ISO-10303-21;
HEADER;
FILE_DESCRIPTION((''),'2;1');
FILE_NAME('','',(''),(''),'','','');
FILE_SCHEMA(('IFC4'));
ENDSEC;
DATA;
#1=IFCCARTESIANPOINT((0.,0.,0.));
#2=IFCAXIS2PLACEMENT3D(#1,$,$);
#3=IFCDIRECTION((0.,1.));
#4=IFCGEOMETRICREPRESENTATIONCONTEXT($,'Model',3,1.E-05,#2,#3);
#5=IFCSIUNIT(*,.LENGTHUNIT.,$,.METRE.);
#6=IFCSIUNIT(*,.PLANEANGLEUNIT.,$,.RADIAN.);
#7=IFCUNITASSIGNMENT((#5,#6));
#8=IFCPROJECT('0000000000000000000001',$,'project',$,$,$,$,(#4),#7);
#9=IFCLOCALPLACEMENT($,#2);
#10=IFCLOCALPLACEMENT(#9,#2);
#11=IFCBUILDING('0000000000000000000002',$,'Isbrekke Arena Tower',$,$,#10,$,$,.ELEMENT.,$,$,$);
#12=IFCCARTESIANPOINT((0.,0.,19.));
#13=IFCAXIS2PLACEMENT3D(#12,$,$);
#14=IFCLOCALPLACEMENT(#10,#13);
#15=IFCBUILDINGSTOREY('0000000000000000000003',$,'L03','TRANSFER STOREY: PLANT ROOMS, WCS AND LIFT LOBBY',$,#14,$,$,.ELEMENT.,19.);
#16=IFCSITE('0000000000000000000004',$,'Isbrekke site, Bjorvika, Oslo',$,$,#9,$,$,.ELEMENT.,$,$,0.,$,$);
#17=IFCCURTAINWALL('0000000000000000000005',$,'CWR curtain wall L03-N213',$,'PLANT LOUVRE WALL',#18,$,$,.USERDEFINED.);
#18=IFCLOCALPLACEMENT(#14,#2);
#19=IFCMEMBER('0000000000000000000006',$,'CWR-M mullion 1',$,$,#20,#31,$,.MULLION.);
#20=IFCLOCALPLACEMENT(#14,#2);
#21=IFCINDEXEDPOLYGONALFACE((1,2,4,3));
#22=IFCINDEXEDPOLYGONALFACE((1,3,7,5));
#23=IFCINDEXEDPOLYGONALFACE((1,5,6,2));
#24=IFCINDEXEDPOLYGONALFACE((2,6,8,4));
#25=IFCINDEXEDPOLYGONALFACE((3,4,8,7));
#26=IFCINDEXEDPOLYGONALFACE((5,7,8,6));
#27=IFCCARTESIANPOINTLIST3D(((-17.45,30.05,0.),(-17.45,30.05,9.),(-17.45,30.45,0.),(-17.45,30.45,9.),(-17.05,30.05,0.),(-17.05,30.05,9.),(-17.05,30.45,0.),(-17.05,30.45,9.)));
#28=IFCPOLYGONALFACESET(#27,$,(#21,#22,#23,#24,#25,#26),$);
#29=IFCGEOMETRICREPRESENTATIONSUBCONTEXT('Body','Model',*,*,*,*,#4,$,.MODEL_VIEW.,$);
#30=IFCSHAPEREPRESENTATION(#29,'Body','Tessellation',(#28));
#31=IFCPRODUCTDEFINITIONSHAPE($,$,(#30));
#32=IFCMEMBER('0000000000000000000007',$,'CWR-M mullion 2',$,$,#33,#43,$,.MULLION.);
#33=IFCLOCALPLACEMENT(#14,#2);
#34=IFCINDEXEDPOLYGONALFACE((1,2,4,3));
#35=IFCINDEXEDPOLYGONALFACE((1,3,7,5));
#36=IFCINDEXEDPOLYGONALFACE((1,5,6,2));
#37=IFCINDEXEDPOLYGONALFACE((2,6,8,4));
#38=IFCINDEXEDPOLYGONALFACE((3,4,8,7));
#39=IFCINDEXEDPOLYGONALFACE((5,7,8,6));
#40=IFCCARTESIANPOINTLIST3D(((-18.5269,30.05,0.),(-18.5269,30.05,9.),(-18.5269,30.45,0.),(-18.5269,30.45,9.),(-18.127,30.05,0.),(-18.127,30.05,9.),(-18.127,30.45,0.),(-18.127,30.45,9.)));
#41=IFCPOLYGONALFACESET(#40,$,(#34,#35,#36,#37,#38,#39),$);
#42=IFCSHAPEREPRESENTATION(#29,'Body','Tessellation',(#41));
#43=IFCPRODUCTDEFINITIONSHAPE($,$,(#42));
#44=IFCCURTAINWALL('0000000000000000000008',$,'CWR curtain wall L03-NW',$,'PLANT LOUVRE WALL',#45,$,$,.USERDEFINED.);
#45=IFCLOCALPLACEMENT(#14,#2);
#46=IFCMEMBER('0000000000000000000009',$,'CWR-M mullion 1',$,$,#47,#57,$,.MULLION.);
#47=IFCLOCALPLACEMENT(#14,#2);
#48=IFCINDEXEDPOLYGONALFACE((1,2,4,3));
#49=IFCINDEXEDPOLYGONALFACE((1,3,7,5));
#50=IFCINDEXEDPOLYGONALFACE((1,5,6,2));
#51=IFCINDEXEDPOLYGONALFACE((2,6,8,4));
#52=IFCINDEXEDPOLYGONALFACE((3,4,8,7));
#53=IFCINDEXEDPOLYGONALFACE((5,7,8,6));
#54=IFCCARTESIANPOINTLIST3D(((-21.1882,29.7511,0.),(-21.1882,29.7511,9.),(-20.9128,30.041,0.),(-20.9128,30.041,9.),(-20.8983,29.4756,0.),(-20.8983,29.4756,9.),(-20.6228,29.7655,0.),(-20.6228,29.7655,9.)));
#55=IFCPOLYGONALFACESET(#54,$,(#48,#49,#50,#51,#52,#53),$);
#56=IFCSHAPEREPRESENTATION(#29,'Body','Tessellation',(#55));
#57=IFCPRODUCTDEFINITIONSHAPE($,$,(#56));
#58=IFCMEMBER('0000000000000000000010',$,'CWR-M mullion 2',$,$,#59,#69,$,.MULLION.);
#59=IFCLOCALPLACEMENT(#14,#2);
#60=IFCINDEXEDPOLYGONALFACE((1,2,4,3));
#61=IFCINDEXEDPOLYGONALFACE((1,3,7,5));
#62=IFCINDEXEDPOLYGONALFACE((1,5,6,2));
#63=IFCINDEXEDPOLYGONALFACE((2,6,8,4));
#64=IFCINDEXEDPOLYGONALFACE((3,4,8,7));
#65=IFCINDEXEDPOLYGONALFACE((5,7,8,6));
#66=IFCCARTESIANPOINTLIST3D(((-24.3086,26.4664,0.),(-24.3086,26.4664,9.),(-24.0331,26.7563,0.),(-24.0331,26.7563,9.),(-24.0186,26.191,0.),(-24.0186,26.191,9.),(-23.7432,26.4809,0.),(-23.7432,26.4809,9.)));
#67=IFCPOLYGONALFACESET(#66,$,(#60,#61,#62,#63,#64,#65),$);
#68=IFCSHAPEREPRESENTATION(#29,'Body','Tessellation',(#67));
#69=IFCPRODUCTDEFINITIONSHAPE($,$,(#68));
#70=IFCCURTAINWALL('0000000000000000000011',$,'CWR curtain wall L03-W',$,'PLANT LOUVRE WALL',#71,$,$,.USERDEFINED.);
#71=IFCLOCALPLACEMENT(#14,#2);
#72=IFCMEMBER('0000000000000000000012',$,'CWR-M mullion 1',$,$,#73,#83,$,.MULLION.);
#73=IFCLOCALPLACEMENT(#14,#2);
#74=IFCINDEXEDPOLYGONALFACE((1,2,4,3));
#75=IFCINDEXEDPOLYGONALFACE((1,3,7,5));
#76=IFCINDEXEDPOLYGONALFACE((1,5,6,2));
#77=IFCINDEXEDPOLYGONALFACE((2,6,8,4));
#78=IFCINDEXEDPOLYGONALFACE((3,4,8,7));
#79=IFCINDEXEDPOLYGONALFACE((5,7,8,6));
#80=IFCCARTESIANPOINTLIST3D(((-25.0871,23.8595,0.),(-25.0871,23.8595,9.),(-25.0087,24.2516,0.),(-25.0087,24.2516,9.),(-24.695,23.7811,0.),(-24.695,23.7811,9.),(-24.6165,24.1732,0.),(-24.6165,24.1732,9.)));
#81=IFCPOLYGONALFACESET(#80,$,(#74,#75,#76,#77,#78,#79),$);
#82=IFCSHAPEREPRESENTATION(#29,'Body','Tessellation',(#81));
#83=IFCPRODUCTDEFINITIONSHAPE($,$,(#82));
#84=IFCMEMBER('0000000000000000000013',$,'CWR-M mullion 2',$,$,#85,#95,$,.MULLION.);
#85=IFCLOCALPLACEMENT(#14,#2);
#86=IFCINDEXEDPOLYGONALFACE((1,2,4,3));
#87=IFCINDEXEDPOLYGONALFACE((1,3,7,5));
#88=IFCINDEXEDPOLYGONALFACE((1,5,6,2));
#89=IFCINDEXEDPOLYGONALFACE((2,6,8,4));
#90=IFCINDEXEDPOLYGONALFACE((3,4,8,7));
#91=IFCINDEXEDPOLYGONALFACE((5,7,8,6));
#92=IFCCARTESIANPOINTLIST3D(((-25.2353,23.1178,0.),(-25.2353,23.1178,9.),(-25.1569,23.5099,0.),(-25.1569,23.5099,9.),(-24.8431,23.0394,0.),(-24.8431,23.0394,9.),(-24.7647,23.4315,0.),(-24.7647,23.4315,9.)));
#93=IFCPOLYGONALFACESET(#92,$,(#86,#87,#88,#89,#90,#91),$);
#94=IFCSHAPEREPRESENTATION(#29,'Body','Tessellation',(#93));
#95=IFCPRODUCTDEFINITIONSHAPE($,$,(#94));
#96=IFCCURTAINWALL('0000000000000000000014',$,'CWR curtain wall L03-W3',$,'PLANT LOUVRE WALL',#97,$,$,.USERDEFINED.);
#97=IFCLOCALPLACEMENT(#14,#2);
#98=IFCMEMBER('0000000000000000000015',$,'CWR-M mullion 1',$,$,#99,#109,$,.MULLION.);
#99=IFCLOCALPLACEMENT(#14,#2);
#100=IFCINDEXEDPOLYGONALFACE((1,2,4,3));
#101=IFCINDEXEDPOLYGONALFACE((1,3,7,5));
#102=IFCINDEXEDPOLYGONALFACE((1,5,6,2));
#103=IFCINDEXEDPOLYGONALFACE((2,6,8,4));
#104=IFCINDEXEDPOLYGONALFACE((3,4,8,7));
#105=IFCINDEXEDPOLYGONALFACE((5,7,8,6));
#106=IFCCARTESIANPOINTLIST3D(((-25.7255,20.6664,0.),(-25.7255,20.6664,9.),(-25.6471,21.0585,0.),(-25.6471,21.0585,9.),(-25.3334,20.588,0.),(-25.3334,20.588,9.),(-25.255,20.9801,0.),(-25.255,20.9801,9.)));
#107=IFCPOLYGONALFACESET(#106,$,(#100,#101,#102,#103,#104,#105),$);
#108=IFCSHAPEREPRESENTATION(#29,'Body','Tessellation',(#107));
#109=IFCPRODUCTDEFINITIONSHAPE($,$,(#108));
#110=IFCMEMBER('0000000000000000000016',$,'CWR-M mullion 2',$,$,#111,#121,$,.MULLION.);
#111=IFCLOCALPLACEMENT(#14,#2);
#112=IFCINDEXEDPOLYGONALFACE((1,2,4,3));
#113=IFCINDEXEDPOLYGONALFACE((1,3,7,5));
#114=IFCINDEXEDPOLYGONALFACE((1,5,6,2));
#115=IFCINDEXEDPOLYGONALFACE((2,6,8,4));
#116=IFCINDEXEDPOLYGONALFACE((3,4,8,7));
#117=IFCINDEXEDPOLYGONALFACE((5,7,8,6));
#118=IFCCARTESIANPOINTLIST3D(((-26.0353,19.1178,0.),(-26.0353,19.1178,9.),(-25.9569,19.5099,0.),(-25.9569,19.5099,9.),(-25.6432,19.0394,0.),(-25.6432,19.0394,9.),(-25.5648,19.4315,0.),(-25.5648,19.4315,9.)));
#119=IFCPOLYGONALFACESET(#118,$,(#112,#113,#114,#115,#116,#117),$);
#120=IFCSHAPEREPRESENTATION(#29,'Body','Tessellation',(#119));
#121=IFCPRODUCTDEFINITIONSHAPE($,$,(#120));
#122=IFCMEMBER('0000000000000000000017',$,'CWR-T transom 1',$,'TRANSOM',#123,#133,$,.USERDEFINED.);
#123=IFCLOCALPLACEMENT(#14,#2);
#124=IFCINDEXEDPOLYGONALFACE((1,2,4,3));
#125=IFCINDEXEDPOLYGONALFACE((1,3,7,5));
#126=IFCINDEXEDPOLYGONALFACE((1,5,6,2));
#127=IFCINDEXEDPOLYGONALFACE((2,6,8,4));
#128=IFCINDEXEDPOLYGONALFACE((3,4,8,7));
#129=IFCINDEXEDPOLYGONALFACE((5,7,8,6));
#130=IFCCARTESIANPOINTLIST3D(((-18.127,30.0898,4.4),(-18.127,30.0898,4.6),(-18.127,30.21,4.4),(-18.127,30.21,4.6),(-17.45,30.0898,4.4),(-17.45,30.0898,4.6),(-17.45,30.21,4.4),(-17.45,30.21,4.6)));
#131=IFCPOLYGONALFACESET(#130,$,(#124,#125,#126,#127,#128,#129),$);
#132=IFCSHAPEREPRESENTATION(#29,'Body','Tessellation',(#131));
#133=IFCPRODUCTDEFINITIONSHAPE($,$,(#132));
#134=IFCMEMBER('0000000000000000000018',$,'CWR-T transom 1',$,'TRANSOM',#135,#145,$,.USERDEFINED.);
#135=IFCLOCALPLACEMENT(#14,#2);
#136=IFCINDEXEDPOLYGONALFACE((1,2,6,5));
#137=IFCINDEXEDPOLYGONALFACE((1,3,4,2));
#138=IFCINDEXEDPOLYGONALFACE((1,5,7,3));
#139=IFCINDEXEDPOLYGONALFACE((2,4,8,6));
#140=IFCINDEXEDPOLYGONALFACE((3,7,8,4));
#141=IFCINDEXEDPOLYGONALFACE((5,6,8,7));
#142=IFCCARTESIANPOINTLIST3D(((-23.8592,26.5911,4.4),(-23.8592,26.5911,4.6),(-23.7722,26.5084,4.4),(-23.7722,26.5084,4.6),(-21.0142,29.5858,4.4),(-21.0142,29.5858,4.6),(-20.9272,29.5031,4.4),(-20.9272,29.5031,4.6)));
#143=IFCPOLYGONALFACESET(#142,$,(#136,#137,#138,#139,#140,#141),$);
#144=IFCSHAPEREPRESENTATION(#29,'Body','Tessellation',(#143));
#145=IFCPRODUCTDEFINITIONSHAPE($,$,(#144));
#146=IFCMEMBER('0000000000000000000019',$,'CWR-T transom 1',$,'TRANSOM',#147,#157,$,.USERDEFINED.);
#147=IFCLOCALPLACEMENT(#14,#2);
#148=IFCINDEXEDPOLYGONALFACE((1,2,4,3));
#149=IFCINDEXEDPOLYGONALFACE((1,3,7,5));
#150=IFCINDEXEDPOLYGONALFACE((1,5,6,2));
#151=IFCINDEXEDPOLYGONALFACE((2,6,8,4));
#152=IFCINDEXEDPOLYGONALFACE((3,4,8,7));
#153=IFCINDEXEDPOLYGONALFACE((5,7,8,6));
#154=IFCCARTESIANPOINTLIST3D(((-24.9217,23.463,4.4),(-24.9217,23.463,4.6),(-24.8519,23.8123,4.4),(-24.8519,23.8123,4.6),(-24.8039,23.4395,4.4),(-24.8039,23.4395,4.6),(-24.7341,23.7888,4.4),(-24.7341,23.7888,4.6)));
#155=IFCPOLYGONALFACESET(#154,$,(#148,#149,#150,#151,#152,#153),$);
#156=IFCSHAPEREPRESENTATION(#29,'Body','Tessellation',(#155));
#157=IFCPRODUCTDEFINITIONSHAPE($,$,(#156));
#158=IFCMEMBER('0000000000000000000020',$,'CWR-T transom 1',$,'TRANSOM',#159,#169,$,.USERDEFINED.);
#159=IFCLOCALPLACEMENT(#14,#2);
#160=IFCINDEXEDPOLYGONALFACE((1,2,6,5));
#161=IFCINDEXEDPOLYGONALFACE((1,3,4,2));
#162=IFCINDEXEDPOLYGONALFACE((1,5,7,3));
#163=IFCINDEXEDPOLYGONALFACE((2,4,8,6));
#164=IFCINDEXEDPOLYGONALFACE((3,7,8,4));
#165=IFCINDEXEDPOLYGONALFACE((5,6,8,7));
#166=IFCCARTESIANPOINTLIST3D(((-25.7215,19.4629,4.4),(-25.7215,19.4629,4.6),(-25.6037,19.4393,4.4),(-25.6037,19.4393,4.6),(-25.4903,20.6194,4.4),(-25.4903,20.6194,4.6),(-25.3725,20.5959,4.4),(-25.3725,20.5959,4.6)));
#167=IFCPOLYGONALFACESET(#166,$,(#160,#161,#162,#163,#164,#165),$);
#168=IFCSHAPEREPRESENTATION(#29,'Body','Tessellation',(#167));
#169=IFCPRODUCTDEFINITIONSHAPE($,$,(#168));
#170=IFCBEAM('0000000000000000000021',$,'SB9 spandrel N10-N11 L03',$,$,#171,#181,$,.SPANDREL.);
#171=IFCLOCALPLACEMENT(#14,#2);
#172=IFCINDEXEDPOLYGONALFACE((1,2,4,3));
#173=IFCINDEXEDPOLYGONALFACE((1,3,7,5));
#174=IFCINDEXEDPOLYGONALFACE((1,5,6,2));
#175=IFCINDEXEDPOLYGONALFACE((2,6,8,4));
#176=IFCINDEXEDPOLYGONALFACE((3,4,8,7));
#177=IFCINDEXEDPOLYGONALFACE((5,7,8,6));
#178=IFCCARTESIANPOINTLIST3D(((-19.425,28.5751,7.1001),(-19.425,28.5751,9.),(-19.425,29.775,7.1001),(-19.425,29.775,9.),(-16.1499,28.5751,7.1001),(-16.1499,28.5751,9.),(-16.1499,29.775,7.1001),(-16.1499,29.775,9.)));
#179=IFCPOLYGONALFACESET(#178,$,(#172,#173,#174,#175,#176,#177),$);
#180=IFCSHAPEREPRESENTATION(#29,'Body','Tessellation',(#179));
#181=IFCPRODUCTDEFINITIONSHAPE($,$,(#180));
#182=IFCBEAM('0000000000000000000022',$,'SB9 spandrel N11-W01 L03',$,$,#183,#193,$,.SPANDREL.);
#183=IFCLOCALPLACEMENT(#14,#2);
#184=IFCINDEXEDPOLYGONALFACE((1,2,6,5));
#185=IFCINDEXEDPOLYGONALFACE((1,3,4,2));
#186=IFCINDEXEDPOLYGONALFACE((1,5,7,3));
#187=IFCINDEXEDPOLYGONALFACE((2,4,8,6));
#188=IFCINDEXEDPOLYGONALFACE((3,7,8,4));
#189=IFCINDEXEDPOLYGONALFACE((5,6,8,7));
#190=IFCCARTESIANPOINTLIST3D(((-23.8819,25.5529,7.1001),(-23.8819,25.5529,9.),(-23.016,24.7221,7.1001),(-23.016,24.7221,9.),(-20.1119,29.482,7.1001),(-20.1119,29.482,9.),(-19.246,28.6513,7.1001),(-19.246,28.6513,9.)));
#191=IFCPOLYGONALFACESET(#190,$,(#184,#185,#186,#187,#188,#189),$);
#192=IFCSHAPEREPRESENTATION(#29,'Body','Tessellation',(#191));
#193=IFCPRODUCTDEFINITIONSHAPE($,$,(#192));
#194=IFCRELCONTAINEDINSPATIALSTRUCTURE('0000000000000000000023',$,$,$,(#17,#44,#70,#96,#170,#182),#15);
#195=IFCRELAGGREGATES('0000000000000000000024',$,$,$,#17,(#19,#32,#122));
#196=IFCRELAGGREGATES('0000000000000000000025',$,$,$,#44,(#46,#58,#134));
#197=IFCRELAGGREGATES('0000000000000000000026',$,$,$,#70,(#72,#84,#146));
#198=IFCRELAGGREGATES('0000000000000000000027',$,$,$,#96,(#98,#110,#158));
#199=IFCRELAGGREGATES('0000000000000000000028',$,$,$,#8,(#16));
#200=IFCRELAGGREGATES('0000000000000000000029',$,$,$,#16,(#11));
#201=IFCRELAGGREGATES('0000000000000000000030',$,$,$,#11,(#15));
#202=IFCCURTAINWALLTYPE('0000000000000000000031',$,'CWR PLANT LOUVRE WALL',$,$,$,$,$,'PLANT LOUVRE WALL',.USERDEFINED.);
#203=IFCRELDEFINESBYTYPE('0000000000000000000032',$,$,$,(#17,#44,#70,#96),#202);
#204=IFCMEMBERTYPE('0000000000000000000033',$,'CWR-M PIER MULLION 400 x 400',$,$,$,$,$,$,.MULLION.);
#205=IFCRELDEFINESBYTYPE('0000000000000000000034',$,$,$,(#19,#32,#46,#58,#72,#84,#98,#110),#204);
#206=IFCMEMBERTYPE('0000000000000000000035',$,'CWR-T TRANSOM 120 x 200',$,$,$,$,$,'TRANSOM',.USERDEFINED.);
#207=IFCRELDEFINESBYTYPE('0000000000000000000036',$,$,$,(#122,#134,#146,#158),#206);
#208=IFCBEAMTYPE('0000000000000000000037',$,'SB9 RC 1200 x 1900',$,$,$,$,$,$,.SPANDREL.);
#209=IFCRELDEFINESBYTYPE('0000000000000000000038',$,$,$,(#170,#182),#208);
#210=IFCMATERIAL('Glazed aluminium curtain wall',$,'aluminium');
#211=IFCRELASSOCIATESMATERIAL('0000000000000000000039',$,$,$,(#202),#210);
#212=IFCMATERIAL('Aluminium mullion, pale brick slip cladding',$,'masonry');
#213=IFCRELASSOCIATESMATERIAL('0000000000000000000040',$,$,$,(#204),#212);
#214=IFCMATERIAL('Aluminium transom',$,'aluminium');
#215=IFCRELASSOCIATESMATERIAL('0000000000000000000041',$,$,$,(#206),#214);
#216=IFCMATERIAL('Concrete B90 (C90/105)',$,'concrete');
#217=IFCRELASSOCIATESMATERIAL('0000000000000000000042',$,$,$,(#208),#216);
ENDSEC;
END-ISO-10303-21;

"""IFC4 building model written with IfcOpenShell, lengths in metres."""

from ifc_helpers import new_model, si_unit, direction, frame, origin, origin_2d, place, context, subcontext, project, spatial, rectangle, extrude, material, material_profile, profile_set, type_object, element, aggregate, save


model = new_model("IFC4")

# Units and contexts
model_context = context("Model", 3, precision=1e-05, world=origin(), true_north=direction((0.0, 1.0)))
body_context = subcontext(model_context, "Body", "Model", "MODEL_VIEW")
ifc_project = project(units=[si_unit("LENGTHUNIT", "METRE"), si_unit("PLANEANGLEUNIT", "RADIAN")], contexts=[model_context])

# Site, building, storey
site_placement = place(None, origin())
site = spatial("IfcSite", under=ifc_project, at=site_placement, Name="Isbrekke site, Bjorvika, Oslo", CompositionType="ELEMENT", RefElevation=0.0)
building_placement = place(site_placement, origin())
building = spatial("IfcBuilding", under=site, at=building_placement, Name="Isbrekke Arena Tower", CompositionType="ELEMENT")
storey_placement = place(building_placement, frame((0.0, 0.0, 19.0)))
storey = spatial("IfcBuildingStorey", under=building, at=storey_placement, Name="L03", Description="TRANSFER STOREY: PLANT ROOMS, WCS AND LIFT LOBBY", CompositionType="ELEMENT", Elevation=19.0)

# Curtain walls, members
ifc_material_1 = material(Name="Glazed aluminium curtain wall", Category="aluminium")
curtain_wall_type = type_object("IfcCurtainWallType", Name="CWR PLANT LOUVRE WALL", ElementType="PLANT LOUVRE WALL", PredefinedType="USERDEFINED", material=ifc_material_1)
curtain_wall_1_placement = place(storey_placement, origin())
curtain_wall_1 = element("IfcCurtainWall", 1, at=curtain_wall_1_placement, inside=storey, type_object=curtain_wall_type, Name="CWR curtain wall L03-N213", ObjectType="PLANT LOUVRE WALL", PredefinedType="USERDEFINED")
ifc_material_2 = material(Name="Aluminium mullion, pale brick slip cladding", Category="masonry")
ifc_material_profile_1 = material_profile(ifc_material_2, rectangle(XDim=0.3999, YDim=0.3999, at=origin_2d()), Name="PIER 400X400")
ifc_profile_set_1 = profile_set([ifc_material_profile_1], Name="Aluminium mullion, pale brick slip cladding")
member_type_1 = type_object("IfcMemberType", Name="CWR-M PIER MULLION 400 x 400", PredefinedType="MULLION", material=ifc_profile_set_1)
member_1_placement = place(storey_placement, frame((-17.25, 30.25, 0.0), z_axis=(0.0, 0.0, 1.0), x_axis=(-1.0, 0.0, 0.0)))
member_1 = element("IfcMember", 2, at=member_1_placement, type_object=member_type_1, Name="CWR-M mullion 1", PredefinedType="MULLION", context=body_context, shape_type="SweptSolid", body=[
    extrude(rectangle(XDim=0.3999, YDim=0.3999, at=origin_2d()), origin(), (0.0, 0.0, 1.0), 9.0),
])
member_2_placement = place(storey_placement, frame((-18.3269, 30.25, 0.0), z_axis=(0.0, 0.0, 1.0), x_axis=(-1.0, 0.0, 0.0)))
member_2 = element("IfcMember", 3, at=member_2_placement, type_object=member_type_1, Name="CWR-M mullion 2", PredefinedType="MULLION", context=body_context, shape_type="SweptSolid", body=[
    extrude(rectangle(XDim=0.3999, YDim=0.3999, at=origin_2d()), origin(), (0.0, 0.0, 1.0), 9.0),
])
curtain_wall_2_placement = place(storey_placement, origin())
curtain_wall_2 = element("IfcCurtainWall", 4, at=curtain_wall_2_placement, inside=storey, type_object=curtain_wall_type, Name="CWR curtain wall L03-NW", ObjectType="PLANT LOUVRE WALL", PredefinedType="USERDEFINED")
member_3_placement = place(storey_placement, frame((-20.9055, 29.7583, 0.0), z_axis=(0.0, 0.0, 1.0), x_axis=(-0.688749, -0.724999, 0.0)))
member_3 = element("IfcMember", 5, at=member_3_placement, type_object=member_type_1, Name="CWR-M mullion 1", PredefinedType="MULLION", context=body_context, shape_type="SweptSolid", body=[
    extrude(rectangle(XDim=0.3999, YDim=0.3999, at=origin_2d()), origin(), (0.0, 0.0, 1.0), 9.0),
])
member_4_placement = place(storey_placement, frame((-24.0259, 26.4736, 0.0), z_axis=(0.0, 0.0, 1.0), x_axis=(-0.688749, -0.724999, 0.0)))
member_4 = element("IfcMember", 6, at=member_4_placement, type_object=member_type_1, Name="CWR-M mullion 2", PredefinedType="MULLION", context=body_context, shape_type="SweptSolid", body=[
    extrude(rectangle(XDim=0.3999, YDim=0.3999, at=origin_2d()), origin(), (0.0, 0.0, 1.0), 9.0),
])
curtain_wall_3_placement = place(storey_placement, origin())
curtain_wall_3 = element("IfcCurtainWall", 7, at=curtain_wall_3_placement, inside=storey, type_object=curtain_wall_type, Name="CWR curtain wall L03-W", ObjectType="PLANT LOUVRE WALL", PredefinedType="USERDEFINED")
member_5_placement = place(storey_placement, frame((-24.8518, 24.0164, 0.0), z_axis=(0.0, 0.0, 1.0), x_axis=(-0.196116, -0.980581, 0.0)))
member_5 = element("IfcMember", 8, at=member_5_placement, type_object=member_type_1, Name="CWR-M mullion 1", PredefinedType="MULLION", context=body_context, shape_type="SweptSolid", body=[
    extrude(rectangle(XDim=0.3999, YDim=0.3999, at=origin_2d()), origin(), (0.0, 0.0, 1.0), 9.0),
])
member_6_placement = place(storey_placement, frame((-25.0, 23.2747, 0.0), z_axis=(0.0, 0.0, 1.0), x_axis=(-0.196116, -0.980581, 0.0)))
member_6 = element("IfcMember", 9, at=member_6_placement, type_object=member_type_1, Name="CWR-M mullion 2", PredefinedType="MULLION", context=body_context, shape_type="SweptSolid", body=[
    extrude(rectangle(XDim=0.3999, YDim=0.3999, at=origin_2d()), origin(), (0.0, 0.0, 1.0), 9.0),
])
curtain_wall_4_placement = place(storey_placement, origin())
curtain_wall_4 = element("IfcCurtainWall", 10, at=curtain_wall_4_placement, inside=storey, type_object=curtain_wall_type, Name="CWR curtain wall L03-W3", ObjectType="PLANT LOUVRE WALL", PredefinedType="USERDEFINED")
member_7_placement = place(storey_placement, frame((-25.4902, 20.8232, 0.0), z_axis=(0.0, 0.0, 1.0), x_axis=(-0.196116, -0.980581, 0.0)))
member_7 = element("IfcMember", 11, at=member_7_placement, type_object=member_type_1, Name="CWR-M mullion 1", PredefinedType="MULLION", context=body_context, shape_type="SweptSolid", body=[
    extrude(rectangle(XDim=0.3999, YDim=0.3999, at=origin_2d()), origin(), (0.0, 0.0, 1.0), 9.0),
])
member_8_placement = place(storey_placement, frame((-25.8, 19.2747, 0.0), z_axis=(0.0, 0.0, 1.0), x_axis=(-0.196116, -0.980581, 0.0)))
member_8 = element("IfcMember", 12, at=member_8_placement, type_object=member_type_1, Name="CWR-M mullion 2", PredefinedType="MULLION", context=body_context, shape_type="SweptSolid", body=[
    extrude(rectangle(XDim=0.3999, YDim=0.3999, at=origin_2d()), origin(), (0.0, 0.0, 1.0), 9.0),
])

# Members
ifc_material_3 = material(Name="Aluminium transom", Category="aluminium")
ifc_material_profile_2 = material_profile(ifc_material_3, rectangle(XDim=0.1201, YDim=0.2, at=origin_2d()), Name="TRANSOM 120X200")
ifc_profile_set_2 = profile_set([ifc_material_profile_2], Name="Aluminium transom")
member_type_2 = type_object("IfcMemberType", Name="CWR-T TRANSOM 120 x 200", ElementType="TRANSOM", PredefinedType="USERDEFINED", material=ifc_profile_set_2)
member_9_placement = place(storey_placement, frame((-17.45, 30.1499, 4.5), z_axis=(-1.0, 0.0, 0.0), x_axis=(0.0, -1.0, 0.0)))
member_9 = element("IfcMember", 13, at=member_9_placement, type_object=member_type_2, Name="CWR-T transom 1", ObjectType="TRANSOM", PredefinedType="USERDEFINED", context=body_context, shape_type="SweptSolid", body=[
    extrude(rectangle(XDim=0.1201, YDim=0.2, at=origin_2d()), origin(), (0.0, 0.0, 1.0), 0.677),
])
member_10_placement = place(storey_placement, frame((-20.9707, 29.5444, 4.5), z_axis=(-0.688759, -0.724991, 0.0), x_axis=(0.724991, -0.688759, 0.0)))
member_10 = element("IfcMember", 14, at=member_10_placement, type_object=member_type_2, Name="CWR-T transom 1", ObjectType="TRANSOM", PredefinedType="USERDEFINED", context=body_context, shape_type="SweptSolid", body=[
    extrude(rectangle(XDim=0.1201, YDim=0.2, at=origin_2d()), origin(), (0.0, 0.0, 1.0), 4.1306),
])
member_11_placement = place(storey_placement, frame((-24.793, 23.8005, 4.5), z_axis=(-0.195984, -0.980607, 0.0), x_axis=(0.980607, -0.195984, 0.0)))
member_11 = element("IfcMember", 15, at=member_11_placement, type_object=member_type_2, Name="CWR-T transom 1", ObjectType="TRANSOM", PredefinedType="USERDEFINED", context=body_context, shape_type="SweptSolid", body=[
    extrude(rectangle(XDim=0.1201, YDim=0.2, at=origin_2d()), origin(), (0.0, 0.0, 1.0), 0.3562),
])
member_12_placement = place(storey_placement, frame((-25.4314, 20.6077, 4.5), z_axis=(-0.196037, -0.980597, 0.0), x_axis=(0.980597, -0.196037, 0.0)))
member_12 = element("IfcMember", 16, at=member_12_placement, type_object=member_type_2, Name="CWR-T transom 1", ObjectType="TRANSOM", PredefinedType="USERDEFINED", context=body_context, shape_type="SweptSolid", body=[
    extrude(rectangle(XDim=0.1201, YDim=0.2, at=origin_2d()), origin(), (0.0, 0.0, 1.0), 1.1794),
])

# Beams
ifc_material_4 = material(Name="Concrete B90 (C90/105)", Category="concrete")
ifc_material_profile_3 = material_profile(ifc_material_4, rectangle(XDim=1.2, YDim=1.8999, at=origin_2d()), Name="RC 1200x1900")
ifc_profile_set_3 = profile_set([ifc_material_profile_3], Name="Concrete B90 (C90/105)")
beam_type_1 = type_object("IfcBeamType", Name="SB9 RC 1200 x 1900", PredefinedType="SPANDREL", material=ifc_profile_set_3)
beam_1_placement = place(storey_placement, frame((-16.1499, 29.175, 8.05), z_axis=(-1.0, 0.0, 0.0), x_axis=(0.0, -1.0, 0.0)))
element("IfcBeam", 17, at=beam_1_placement, inside=storey, type_object=beam_type_1, Name="SB9 spandrel N10-N11 L03", PredefinedType="SPANDREL", context=body_context, shape_type="SweptSolid", body=[
    extrude(rectangle(XDim=1.2, YDim=1.8999, at=origin_2d()), origin(), (0.0, 0.0, 1.0), 3.2751),
])
beam_2_placement = place(storey_placement, frame((-19.679, 29.0667, 8.05), z_axis=(-0.69234, -0.721572, 0.0), x_axis=(0.721572, -0.69234, 0.0)))
element("IfcBeam", 18, at=beam_2_placement, inside=storey, type_object=beam_type_1, Name="SB9 spandrel N11-W01 L03", PredefinedType="SPANDREL", context=body_context, shape_type="SweptSolid", body=[
    extrude(rectangle(XDim=1.2, YDim=1.8999, at=origin_2d()), origin(), (0.0, 0.0, 1.0), 5.4453),
])

aggregate(curtain_wall_1, [member_1, member_2, member_9])
aggregate(curtain_wall_2, [member_3, member_4, member_10])
aggregate(curtain_wall_3, [member_5, member_6, member_11])
aggregate(curtain_wall_4, [member_7, member_8, member_12])

save(model, "model.ifc")
